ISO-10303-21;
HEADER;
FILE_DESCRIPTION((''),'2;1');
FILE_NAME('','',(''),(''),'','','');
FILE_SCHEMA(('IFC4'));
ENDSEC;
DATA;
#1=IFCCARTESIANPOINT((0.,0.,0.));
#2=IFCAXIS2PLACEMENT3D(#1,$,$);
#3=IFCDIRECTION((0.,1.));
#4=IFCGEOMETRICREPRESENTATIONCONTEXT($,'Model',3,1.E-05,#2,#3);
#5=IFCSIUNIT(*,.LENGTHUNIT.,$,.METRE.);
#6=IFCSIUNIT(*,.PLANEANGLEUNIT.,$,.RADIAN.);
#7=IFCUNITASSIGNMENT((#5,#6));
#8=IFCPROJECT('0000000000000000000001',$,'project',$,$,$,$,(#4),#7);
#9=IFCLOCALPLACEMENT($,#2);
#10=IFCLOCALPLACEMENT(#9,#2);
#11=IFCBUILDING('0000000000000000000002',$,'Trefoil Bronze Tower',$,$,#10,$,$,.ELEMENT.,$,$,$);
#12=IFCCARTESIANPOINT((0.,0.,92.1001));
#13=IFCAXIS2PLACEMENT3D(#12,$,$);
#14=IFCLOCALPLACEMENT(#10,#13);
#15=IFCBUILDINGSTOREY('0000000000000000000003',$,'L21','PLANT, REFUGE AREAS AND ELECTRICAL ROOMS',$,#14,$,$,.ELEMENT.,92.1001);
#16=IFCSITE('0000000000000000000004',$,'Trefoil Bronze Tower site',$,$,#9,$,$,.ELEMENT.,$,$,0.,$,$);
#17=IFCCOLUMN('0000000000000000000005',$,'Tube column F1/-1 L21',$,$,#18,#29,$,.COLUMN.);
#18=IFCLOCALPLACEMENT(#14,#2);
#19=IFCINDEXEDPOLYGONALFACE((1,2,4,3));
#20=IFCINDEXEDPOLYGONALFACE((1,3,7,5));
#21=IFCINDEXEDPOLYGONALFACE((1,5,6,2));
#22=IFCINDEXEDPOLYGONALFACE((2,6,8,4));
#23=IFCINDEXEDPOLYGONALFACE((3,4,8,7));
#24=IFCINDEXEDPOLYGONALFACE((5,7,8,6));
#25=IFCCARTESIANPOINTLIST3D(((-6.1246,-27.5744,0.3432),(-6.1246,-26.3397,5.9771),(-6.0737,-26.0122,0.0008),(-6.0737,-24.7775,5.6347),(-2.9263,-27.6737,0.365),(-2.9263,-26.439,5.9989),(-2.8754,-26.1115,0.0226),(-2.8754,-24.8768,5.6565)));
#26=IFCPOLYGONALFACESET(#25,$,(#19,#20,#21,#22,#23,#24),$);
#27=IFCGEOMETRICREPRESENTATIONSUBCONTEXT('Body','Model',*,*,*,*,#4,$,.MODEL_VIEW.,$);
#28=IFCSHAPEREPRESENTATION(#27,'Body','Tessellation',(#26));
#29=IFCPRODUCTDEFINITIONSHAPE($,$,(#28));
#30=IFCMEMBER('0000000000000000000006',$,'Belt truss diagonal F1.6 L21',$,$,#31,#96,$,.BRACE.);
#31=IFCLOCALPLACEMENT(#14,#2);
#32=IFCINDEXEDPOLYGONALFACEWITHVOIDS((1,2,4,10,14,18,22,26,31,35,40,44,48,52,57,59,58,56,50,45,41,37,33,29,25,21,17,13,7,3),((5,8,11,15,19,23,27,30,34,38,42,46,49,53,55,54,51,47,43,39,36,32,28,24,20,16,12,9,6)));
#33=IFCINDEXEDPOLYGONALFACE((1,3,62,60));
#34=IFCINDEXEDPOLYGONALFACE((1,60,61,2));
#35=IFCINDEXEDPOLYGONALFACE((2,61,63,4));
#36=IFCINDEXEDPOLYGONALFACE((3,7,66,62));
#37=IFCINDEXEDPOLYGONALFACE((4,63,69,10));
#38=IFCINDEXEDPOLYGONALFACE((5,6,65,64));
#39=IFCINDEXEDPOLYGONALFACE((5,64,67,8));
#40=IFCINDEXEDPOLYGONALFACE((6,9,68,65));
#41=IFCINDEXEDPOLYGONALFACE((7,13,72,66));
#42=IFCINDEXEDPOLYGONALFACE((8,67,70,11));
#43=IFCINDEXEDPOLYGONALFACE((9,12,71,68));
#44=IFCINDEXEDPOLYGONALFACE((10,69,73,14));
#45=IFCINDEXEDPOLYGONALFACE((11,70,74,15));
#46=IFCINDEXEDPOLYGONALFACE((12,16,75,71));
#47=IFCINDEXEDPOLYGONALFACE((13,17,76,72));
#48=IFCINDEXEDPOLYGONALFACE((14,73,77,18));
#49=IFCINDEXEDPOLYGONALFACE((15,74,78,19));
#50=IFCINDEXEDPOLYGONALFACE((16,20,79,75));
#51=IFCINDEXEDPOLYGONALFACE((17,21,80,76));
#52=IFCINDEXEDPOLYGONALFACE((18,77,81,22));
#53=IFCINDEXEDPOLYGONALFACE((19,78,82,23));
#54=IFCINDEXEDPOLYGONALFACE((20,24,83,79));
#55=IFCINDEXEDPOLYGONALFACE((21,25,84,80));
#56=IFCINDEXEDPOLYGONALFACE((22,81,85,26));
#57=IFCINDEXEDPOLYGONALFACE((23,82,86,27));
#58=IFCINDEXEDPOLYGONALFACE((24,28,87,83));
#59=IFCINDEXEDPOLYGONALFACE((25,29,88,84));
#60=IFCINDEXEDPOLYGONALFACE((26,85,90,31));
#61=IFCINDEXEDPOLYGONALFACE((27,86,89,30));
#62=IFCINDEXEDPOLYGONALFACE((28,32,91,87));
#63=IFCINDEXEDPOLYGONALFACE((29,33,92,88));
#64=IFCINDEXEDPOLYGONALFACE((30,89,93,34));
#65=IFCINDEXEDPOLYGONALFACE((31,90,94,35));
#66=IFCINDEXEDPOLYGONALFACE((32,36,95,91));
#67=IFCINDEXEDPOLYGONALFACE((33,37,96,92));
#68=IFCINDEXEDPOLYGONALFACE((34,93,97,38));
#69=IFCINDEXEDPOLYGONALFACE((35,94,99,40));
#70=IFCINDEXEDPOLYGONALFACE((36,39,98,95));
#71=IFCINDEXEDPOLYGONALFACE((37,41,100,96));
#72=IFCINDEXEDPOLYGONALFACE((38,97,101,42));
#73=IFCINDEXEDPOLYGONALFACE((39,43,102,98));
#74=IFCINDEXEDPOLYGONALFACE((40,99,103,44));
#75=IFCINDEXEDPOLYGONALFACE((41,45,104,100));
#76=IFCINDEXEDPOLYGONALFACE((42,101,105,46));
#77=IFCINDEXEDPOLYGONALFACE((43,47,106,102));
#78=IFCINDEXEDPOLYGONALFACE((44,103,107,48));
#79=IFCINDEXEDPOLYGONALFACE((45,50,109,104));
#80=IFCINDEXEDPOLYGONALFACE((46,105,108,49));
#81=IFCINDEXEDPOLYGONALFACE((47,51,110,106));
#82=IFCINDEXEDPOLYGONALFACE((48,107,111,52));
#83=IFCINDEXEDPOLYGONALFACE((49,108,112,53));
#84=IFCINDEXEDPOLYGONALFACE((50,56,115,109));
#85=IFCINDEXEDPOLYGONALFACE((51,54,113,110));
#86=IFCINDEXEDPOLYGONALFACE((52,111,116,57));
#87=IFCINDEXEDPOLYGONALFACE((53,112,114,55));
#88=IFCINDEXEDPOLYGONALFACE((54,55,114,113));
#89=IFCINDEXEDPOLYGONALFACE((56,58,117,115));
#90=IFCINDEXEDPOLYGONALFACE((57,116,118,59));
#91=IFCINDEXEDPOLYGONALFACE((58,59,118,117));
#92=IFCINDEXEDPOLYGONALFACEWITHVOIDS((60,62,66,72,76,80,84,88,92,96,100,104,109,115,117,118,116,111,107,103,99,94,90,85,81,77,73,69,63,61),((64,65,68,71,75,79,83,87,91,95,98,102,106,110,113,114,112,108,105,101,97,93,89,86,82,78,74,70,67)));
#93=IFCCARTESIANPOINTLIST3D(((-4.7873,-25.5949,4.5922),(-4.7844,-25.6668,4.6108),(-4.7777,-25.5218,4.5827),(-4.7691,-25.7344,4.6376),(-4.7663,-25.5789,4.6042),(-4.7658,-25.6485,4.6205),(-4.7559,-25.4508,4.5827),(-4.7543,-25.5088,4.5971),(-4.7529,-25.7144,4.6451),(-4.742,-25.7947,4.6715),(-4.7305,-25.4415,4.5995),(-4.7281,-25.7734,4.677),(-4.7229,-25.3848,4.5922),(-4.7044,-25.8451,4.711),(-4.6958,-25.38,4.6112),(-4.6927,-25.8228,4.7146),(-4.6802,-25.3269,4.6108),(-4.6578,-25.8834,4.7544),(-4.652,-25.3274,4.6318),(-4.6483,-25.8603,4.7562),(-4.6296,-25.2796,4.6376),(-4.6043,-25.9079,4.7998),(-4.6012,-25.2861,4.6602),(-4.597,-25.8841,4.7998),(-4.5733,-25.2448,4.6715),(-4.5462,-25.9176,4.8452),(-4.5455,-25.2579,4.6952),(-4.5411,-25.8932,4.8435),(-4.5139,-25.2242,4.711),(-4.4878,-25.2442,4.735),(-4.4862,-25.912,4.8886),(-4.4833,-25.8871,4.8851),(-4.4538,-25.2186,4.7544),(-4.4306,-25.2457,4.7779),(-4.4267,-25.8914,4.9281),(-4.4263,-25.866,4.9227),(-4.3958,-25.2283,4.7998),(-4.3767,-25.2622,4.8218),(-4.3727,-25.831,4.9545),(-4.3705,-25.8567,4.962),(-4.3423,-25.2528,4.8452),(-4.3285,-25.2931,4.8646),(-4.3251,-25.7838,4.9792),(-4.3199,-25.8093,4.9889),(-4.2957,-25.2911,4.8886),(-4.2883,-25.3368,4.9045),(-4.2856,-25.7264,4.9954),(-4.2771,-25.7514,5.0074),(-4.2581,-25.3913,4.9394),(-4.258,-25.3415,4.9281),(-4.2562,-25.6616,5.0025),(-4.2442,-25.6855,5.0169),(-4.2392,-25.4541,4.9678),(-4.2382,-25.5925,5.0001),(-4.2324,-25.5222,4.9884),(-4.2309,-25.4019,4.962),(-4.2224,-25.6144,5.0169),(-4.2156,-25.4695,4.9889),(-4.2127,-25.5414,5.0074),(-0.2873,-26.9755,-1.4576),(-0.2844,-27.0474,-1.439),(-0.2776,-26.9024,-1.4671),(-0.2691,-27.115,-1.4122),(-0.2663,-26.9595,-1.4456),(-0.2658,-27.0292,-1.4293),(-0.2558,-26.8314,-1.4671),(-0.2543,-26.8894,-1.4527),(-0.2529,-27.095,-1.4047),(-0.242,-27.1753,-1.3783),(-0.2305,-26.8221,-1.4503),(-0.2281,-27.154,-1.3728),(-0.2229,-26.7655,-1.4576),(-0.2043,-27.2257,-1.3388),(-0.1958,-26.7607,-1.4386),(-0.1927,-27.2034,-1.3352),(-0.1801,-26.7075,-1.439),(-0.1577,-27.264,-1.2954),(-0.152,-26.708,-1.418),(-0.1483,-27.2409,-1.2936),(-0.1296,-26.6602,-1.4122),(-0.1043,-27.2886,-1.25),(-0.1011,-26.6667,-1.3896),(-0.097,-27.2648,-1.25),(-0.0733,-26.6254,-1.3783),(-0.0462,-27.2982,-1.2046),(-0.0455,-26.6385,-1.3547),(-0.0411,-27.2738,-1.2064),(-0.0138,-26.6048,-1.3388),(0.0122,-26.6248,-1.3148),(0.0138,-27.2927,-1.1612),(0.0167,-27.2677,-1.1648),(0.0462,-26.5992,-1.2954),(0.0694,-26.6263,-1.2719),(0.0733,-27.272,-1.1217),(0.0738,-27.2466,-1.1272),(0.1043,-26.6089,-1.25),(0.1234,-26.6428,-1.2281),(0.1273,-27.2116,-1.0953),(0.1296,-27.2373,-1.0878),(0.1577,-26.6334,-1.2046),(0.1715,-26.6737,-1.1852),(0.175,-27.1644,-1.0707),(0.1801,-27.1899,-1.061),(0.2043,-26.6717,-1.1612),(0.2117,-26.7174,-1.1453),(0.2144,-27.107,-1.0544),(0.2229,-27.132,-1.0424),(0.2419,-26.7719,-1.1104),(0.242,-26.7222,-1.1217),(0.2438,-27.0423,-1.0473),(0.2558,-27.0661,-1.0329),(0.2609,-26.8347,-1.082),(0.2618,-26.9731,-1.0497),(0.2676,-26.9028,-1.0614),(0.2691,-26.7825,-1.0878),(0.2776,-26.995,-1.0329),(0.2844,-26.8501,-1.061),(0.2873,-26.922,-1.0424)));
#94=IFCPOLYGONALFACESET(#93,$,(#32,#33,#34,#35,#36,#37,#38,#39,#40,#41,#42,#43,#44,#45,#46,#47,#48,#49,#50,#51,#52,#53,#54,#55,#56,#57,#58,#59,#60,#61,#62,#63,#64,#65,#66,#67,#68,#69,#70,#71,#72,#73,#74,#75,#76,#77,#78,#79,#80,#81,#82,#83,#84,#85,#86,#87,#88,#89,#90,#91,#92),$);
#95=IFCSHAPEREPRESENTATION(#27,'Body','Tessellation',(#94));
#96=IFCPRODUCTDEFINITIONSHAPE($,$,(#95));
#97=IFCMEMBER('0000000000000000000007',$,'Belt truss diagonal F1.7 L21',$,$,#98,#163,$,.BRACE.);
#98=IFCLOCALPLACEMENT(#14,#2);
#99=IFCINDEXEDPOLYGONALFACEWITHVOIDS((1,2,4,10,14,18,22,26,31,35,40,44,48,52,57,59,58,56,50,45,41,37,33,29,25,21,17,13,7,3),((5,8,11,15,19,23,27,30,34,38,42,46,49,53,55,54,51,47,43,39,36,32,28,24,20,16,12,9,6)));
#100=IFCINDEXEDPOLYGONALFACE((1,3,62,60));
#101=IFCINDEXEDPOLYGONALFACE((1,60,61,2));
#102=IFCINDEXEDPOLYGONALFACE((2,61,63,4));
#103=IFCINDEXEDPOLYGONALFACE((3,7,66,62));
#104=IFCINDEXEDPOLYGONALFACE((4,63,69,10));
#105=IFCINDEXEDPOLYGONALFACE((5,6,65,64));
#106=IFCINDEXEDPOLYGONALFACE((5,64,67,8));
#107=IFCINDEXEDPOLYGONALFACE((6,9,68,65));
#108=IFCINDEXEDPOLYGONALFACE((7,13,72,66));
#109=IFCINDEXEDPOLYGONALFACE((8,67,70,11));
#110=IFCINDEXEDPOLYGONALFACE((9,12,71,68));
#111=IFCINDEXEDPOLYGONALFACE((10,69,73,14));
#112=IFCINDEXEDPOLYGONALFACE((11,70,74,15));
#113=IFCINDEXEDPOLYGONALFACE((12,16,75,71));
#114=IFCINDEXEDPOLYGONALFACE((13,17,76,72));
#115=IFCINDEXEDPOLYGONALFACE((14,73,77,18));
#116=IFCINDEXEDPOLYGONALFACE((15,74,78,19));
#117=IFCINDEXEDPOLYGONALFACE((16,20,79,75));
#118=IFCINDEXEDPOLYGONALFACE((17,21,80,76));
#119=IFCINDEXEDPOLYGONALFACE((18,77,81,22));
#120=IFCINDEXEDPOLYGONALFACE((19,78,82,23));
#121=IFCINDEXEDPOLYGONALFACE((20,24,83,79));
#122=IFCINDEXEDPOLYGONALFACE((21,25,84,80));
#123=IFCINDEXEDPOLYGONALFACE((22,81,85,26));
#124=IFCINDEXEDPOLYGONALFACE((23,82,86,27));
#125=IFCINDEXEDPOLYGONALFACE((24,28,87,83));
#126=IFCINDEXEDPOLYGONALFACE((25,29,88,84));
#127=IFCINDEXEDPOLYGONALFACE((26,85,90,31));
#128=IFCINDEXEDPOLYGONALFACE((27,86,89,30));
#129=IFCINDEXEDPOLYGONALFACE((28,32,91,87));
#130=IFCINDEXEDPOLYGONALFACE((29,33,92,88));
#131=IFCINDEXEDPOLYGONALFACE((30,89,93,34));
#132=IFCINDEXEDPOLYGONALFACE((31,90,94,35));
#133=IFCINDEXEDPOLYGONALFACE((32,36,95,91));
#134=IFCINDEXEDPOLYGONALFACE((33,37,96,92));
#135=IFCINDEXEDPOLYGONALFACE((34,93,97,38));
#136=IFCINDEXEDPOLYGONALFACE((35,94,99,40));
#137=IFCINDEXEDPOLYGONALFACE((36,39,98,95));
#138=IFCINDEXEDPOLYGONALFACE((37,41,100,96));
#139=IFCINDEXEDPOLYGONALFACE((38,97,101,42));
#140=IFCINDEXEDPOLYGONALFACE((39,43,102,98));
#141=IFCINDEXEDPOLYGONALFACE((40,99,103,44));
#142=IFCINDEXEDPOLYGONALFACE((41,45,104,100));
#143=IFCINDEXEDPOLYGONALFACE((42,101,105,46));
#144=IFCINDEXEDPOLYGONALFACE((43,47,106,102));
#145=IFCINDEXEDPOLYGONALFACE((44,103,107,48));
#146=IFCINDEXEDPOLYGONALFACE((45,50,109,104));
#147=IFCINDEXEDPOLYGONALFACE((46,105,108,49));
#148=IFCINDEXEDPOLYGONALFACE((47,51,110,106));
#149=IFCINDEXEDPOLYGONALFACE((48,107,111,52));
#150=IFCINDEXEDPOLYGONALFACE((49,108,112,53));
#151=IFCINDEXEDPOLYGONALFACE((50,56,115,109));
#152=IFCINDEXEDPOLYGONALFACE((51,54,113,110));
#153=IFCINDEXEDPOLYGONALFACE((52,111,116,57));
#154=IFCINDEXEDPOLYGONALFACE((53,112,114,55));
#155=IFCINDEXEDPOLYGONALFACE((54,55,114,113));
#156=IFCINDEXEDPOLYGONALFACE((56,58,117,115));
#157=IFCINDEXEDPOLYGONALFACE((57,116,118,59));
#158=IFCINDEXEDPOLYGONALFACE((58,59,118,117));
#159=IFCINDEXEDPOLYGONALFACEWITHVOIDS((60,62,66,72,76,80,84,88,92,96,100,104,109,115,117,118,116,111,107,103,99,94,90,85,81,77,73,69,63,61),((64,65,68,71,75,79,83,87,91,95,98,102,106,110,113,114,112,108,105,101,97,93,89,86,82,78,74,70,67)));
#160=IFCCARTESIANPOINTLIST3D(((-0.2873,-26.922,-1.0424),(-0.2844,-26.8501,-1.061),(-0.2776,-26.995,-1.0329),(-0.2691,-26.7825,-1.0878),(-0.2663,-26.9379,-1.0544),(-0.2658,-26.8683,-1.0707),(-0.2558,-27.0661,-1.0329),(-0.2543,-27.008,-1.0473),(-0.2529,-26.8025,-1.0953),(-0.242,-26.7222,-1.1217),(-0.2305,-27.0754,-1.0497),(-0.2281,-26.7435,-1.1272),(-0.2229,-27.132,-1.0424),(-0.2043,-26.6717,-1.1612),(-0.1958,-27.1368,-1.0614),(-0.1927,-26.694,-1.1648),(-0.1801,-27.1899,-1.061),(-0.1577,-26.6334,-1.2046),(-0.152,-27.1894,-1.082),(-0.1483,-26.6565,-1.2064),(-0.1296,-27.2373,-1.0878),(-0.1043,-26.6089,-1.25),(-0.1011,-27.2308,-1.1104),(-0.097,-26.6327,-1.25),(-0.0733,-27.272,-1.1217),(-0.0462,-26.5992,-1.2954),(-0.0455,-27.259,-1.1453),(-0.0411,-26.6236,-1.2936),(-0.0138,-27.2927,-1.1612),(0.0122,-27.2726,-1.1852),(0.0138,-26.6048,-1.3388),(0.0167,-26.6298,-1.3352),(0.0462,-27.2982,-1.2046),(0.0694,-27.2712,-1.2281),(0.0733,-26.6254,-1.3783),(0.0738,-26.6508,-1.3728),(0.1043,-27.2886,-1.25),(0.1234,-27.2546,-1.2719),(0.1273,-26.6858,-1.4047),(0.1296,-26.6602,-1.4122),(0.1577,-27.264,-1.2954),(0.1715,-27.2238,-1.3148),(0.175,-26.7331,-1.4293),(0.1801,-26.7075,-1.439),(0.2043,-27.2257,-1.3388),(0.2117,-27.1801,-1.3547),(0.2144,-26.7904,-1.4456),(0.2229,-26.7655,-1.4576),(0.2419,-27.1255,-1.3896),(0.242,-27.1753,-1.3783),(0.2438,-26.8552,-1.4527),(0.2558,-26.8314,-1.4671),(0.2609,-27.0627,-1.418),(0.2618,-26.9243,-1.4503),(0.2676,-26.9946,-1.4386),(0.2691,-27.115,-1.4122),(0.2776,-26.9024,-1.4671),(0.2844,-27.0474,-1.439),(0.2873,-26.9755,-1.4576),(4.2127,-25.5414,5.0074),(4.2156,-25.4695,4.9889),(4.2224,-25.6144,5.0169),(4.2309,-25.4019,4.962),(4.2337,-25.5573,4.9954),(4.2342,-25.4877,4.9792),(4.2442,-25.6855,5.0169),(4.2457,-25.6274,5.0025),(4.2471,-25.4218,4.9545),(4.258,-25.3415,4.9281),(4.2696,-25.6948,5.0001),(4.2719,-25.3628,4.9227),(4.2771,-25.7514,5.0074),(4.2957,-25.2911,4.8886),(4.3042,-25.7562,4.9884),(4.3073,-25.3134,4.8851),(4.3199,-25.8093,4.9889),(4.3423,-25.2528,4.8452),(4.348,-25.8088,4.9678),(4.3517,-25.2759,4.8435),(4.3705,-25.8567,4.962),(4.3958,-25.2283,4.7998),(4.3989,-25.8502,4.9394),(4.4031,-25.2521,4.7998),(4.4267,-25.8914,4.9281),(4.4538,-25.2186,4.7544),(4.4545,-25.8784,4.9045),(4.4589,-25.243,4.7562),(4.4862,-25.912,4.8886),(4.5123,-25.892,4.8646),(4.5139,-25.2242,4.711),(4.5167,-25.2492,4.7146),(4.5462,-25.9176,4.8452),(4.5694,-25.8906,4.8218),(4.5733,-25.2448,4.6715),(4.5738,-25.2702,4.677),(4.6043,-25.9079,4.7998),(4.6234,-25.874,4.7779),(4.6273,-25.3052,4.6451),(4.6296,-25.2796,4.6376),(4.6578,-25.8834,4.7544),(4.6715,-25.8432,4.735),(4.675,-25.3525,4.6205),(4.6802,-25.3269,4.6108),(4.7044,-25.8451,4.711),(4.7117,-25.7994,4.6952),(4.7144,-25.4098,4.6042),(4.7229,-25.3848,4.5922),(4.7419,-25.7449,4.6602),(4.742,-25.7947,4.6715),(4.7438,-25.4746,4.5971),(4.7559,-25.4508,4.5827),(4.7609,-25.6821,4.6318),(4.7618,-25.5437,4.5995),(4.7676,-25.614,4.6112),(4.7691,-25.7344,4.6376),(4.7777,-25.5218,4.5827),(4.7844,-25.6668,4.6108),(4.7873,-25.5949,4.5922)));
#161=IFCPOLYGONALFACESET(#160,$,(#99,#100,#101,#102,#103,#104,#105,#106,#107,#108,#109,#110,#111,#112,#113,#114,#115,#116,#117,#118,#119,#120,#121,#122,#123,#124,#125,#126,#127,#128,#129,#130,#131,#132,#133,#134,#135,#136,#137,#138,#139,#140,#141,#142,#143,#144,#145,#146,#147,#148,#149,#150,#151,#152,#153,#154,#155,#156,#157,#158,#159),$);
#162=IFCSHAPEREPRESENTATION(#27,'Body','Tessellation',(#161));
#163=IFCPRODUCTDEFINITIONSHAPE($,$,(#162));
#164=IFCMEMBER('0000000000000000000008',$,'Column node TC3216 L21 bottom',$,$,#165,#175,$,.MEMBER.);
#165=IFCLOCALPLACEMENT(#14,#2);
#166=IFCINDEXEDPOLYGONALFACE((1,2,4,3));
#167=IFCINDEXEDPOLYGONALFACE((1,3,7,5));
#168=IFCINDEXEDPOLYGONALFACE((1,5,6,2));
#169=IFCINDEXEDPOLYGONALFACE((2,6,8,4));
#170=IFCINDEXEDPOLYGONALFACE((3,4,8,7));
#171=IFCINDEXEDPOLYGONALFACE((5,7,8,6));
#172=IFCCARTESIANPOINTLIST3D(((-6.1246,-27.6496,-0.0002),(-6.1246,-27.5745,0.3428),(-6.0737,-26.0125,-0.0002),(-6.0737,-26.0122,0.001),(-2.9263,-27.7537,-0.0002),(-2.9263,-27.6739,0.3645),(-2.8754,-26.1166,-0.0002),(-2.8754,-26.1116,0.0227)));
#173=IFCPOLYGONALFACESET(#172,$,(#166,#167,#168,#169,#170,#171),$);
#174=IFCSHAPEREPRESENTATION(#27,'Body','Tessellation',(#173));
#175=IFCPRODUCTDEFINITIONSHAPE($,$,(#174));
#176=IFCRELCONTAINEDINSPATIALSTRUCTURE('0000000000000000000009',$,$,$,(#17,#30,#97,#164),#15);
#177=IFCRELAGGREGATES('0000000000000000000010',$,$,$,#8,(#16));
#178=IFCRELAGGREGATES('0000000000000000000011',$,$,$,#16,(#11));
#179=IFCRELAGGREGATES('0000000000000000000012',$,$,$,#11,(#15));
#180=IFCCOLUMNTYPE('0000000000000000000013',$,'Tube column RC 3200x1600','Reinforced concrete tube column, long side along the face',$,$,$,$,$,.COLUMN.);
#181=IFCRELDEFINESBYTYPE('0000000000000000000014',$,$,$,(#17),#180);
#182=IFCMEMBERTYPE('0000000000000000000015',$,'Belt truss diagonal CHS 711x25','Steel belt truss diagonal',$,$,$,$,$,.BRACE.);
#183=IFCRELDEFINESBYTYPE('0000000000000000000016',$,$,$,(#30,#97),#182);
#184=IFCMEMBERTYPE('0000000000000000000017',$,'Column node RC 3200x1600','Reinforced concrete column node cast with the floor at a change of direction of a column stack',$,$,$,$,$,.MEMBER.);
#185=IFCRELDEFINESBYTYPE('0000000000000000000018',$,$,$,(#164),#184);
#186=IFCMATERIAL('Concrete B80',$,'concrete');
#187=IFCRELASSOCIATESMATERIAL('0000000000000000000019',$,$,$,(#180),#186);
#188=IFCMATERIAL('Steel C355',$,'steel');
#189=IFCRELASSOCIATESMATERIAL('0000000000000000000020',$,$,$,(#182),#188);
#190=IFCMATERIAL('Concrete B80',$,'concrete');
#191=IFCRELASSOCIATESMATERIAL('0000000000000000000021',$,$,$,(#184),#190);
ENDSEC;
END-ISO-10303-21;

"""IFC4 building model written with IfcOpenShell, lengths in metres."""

from ifc_helpers import new_model, si_unit, direction, frame, origin, origin_2d, place, context, subcontext, project, spatial, rectangle, hollow_circle, extrude, clip, halfspace, material, material_profile, profile_set, type_object, element, save


model = new_model("IFC4")

# Units and contexts
model_context = context("Model", 3, precision=1e-05, world=origin(), true_north=direction((0.0, 1.0)))
body_context = subcontext(model_context, "Body", "Model", "MODEL_VIEW")
ifc_project = project(units=[si_unit("LENGTHUNIT", "METRE"), si_unit("PLANEANGLEUNIT", "RADIAN")], contexts=[model_context])

# Site, building, storey
site_placement = place(None, origin())
site = spatial("IfcSite", under=ifc_project, at=site_placement, Name="Trefoil Bronze Tower site", CompositionType="ELEMENT", RefElevation=0.0)
building_placement = place(site_placement, origin())
building = spatial("IfcBuilding", under=site, at=building_placement, Name="Trefoil Bronze Tower", CompositionType="ELEMENT")
storey_placement = place(building_placement, frame((0.0, 0.0, 92.1001)))
storey = spatial("IfcBuildingStorey", under=building, at=storey_placement, Name="L21", Description="PLANT, REFUGE AREAS AND ELECTRICAL ROOMS", CompositionType="ELEMENT", Elevation=92.1001)

# Column
ifc_material_1 = material(Name="Concrete B80", Category="concrete")
ifc_material_profile_1 = material_profile(ifc_material_1, rectangle(XDim=3.2, YDim=1.6001, at=origin_2d()), Name="RC 3200x1600")
ifc_profile_set_1 = profile_set([ifc_material_profile_1], Name="Concrete B80")
column_type = type_object("IfcColumnType", Name="Tube column RC 3200x1600", Description="Reinforced concrete tube column, long side along the face", PredefinedType="COLUMN", material=ifc_profile_set_1)
column_1_placement = place(storey_placement, frame((-4.5, -26.8831, 0.0), z_axis=(0.0, 0.214076, 0.976817), x_axis=(0.999495, -0.031045, 0.006804)))
element("IfcColumn", 1, at=column_1_placement, inside=storey, type_object=column_type, Name="Tube column F1/-1 L21", PredefinedType="COLUMN", context=body_context, shape_type="Clipping", body=[
    clip(clip(extrude(rectangle(XDim=3.2, YDim=1.6001, at=origin_2d()), origin(), (0.0, 0.0, 1.0), 6.1423), halfspace(frame((0.0, 0.0, 0.1873), z_axis=(0.0, 0.000014, 1.0), x_axis=(0.0, 1.0, -0.000014)), True)), halfspace(frame((0.0, 0.0, 5.9548), z_axis=(0.0, -0.000014, -1.0), x_axis=(0.0, -1.0, 0.000014)), True)),
])

# Members
ifc_material_2 = material(Name="Steel C355", Category="steel")
ifc_material_profile_2 = material_profile(ifc_material_2, hollow_circle(Radius=0.3555, WallThickness=0.0249, at=origin_2d()), Name="CHS 711x25")
ifc_profile_set_2 = profile_set([ifc_material_profile_2], Name="Steel C355")
member_type_1 = type_object("IfcMemberType", Name="Belt truss diagonal CHS 711x25", Description="Steel belt truss diagonal", PredefinedType="BRACE", material=ifc_profile_set_2)
for number, where, z_axis, x_axis, name in (
    (2, (0.0, -26.9487, -1.25), (-0.587064, 0.180113, 0.78925), (-0.293309, -0.956018, 0.0), "Belt truss diagonal F1.6 L21"),
    (3, (0.0, -26.9487, -1.25), (0.587064, 0.180113, 0.78925), (-0.293309, 0.956018, 0.0), "Belt truss diagonal F1.7 L21"),
):
    element("IfcMember", number, at=place(storey_placement, frame(where, z_axis=z_axis, x_axis=x_axis)), inside=storey, type_object=member_type_1, Name=name, PredefinedType="BRACE", context=body_context, shape_type="SweptSolid", body=[
        extrude(hollow_circle(Radius=0.3555, WallThickness=0.0249, at=origin_2d()), origin(), (0.0, 0.0, 1.0), 7.6653),
    ])
ifc_material_3 = material(Name="Concrete B80", Category="concrete")
ifc_material_profile_3 = material_profile(ifc_material_3, rectangle(XDim=3.2, YDim=1.6001, at=origin_2d()), Name="RC 3200x1600")
ifc_profile_set_3 = profile_set([ifc_material_profile_3], Name="Concrete B80")
member_type_2 = type_object("IfcMemberType", Name="Column node RC 3200x1600", Description="Reinforced concrete column node cast with the floor at a change of direction of a column stack", PredefinedType="MEMBER", material=ifc_profile_set_3)
member_1_placement = place(storey_placement, frame((-4.5, -26.9231, -0.1831), z_axis=(0.0, 0.213755, 0.976887), x_axis=(0.999495, -0.031047, 0.006793)))
element("IfcMember", 4, at=member_1_placement, inside=storey, type_object=member_type_2, Name="Column node TC3216 L21 bottom", PredefinedType="MEMBER", context=body_context, shape_type="Clipping", body=[
    clip(extrude(rectangle(XDim=3.2, YDim=1.6001, at=origin_2d()), origin(), (0.0, 0.0, 1.0), 0.3745), halfspace(frame((0.0, 0.0, 0.1873), z_axis=(0.006793, -0.213647, 0.976887), x_axis=(0.0, 0.97691, 0.213652)), True)),
])

save(model, "model.ifc")
